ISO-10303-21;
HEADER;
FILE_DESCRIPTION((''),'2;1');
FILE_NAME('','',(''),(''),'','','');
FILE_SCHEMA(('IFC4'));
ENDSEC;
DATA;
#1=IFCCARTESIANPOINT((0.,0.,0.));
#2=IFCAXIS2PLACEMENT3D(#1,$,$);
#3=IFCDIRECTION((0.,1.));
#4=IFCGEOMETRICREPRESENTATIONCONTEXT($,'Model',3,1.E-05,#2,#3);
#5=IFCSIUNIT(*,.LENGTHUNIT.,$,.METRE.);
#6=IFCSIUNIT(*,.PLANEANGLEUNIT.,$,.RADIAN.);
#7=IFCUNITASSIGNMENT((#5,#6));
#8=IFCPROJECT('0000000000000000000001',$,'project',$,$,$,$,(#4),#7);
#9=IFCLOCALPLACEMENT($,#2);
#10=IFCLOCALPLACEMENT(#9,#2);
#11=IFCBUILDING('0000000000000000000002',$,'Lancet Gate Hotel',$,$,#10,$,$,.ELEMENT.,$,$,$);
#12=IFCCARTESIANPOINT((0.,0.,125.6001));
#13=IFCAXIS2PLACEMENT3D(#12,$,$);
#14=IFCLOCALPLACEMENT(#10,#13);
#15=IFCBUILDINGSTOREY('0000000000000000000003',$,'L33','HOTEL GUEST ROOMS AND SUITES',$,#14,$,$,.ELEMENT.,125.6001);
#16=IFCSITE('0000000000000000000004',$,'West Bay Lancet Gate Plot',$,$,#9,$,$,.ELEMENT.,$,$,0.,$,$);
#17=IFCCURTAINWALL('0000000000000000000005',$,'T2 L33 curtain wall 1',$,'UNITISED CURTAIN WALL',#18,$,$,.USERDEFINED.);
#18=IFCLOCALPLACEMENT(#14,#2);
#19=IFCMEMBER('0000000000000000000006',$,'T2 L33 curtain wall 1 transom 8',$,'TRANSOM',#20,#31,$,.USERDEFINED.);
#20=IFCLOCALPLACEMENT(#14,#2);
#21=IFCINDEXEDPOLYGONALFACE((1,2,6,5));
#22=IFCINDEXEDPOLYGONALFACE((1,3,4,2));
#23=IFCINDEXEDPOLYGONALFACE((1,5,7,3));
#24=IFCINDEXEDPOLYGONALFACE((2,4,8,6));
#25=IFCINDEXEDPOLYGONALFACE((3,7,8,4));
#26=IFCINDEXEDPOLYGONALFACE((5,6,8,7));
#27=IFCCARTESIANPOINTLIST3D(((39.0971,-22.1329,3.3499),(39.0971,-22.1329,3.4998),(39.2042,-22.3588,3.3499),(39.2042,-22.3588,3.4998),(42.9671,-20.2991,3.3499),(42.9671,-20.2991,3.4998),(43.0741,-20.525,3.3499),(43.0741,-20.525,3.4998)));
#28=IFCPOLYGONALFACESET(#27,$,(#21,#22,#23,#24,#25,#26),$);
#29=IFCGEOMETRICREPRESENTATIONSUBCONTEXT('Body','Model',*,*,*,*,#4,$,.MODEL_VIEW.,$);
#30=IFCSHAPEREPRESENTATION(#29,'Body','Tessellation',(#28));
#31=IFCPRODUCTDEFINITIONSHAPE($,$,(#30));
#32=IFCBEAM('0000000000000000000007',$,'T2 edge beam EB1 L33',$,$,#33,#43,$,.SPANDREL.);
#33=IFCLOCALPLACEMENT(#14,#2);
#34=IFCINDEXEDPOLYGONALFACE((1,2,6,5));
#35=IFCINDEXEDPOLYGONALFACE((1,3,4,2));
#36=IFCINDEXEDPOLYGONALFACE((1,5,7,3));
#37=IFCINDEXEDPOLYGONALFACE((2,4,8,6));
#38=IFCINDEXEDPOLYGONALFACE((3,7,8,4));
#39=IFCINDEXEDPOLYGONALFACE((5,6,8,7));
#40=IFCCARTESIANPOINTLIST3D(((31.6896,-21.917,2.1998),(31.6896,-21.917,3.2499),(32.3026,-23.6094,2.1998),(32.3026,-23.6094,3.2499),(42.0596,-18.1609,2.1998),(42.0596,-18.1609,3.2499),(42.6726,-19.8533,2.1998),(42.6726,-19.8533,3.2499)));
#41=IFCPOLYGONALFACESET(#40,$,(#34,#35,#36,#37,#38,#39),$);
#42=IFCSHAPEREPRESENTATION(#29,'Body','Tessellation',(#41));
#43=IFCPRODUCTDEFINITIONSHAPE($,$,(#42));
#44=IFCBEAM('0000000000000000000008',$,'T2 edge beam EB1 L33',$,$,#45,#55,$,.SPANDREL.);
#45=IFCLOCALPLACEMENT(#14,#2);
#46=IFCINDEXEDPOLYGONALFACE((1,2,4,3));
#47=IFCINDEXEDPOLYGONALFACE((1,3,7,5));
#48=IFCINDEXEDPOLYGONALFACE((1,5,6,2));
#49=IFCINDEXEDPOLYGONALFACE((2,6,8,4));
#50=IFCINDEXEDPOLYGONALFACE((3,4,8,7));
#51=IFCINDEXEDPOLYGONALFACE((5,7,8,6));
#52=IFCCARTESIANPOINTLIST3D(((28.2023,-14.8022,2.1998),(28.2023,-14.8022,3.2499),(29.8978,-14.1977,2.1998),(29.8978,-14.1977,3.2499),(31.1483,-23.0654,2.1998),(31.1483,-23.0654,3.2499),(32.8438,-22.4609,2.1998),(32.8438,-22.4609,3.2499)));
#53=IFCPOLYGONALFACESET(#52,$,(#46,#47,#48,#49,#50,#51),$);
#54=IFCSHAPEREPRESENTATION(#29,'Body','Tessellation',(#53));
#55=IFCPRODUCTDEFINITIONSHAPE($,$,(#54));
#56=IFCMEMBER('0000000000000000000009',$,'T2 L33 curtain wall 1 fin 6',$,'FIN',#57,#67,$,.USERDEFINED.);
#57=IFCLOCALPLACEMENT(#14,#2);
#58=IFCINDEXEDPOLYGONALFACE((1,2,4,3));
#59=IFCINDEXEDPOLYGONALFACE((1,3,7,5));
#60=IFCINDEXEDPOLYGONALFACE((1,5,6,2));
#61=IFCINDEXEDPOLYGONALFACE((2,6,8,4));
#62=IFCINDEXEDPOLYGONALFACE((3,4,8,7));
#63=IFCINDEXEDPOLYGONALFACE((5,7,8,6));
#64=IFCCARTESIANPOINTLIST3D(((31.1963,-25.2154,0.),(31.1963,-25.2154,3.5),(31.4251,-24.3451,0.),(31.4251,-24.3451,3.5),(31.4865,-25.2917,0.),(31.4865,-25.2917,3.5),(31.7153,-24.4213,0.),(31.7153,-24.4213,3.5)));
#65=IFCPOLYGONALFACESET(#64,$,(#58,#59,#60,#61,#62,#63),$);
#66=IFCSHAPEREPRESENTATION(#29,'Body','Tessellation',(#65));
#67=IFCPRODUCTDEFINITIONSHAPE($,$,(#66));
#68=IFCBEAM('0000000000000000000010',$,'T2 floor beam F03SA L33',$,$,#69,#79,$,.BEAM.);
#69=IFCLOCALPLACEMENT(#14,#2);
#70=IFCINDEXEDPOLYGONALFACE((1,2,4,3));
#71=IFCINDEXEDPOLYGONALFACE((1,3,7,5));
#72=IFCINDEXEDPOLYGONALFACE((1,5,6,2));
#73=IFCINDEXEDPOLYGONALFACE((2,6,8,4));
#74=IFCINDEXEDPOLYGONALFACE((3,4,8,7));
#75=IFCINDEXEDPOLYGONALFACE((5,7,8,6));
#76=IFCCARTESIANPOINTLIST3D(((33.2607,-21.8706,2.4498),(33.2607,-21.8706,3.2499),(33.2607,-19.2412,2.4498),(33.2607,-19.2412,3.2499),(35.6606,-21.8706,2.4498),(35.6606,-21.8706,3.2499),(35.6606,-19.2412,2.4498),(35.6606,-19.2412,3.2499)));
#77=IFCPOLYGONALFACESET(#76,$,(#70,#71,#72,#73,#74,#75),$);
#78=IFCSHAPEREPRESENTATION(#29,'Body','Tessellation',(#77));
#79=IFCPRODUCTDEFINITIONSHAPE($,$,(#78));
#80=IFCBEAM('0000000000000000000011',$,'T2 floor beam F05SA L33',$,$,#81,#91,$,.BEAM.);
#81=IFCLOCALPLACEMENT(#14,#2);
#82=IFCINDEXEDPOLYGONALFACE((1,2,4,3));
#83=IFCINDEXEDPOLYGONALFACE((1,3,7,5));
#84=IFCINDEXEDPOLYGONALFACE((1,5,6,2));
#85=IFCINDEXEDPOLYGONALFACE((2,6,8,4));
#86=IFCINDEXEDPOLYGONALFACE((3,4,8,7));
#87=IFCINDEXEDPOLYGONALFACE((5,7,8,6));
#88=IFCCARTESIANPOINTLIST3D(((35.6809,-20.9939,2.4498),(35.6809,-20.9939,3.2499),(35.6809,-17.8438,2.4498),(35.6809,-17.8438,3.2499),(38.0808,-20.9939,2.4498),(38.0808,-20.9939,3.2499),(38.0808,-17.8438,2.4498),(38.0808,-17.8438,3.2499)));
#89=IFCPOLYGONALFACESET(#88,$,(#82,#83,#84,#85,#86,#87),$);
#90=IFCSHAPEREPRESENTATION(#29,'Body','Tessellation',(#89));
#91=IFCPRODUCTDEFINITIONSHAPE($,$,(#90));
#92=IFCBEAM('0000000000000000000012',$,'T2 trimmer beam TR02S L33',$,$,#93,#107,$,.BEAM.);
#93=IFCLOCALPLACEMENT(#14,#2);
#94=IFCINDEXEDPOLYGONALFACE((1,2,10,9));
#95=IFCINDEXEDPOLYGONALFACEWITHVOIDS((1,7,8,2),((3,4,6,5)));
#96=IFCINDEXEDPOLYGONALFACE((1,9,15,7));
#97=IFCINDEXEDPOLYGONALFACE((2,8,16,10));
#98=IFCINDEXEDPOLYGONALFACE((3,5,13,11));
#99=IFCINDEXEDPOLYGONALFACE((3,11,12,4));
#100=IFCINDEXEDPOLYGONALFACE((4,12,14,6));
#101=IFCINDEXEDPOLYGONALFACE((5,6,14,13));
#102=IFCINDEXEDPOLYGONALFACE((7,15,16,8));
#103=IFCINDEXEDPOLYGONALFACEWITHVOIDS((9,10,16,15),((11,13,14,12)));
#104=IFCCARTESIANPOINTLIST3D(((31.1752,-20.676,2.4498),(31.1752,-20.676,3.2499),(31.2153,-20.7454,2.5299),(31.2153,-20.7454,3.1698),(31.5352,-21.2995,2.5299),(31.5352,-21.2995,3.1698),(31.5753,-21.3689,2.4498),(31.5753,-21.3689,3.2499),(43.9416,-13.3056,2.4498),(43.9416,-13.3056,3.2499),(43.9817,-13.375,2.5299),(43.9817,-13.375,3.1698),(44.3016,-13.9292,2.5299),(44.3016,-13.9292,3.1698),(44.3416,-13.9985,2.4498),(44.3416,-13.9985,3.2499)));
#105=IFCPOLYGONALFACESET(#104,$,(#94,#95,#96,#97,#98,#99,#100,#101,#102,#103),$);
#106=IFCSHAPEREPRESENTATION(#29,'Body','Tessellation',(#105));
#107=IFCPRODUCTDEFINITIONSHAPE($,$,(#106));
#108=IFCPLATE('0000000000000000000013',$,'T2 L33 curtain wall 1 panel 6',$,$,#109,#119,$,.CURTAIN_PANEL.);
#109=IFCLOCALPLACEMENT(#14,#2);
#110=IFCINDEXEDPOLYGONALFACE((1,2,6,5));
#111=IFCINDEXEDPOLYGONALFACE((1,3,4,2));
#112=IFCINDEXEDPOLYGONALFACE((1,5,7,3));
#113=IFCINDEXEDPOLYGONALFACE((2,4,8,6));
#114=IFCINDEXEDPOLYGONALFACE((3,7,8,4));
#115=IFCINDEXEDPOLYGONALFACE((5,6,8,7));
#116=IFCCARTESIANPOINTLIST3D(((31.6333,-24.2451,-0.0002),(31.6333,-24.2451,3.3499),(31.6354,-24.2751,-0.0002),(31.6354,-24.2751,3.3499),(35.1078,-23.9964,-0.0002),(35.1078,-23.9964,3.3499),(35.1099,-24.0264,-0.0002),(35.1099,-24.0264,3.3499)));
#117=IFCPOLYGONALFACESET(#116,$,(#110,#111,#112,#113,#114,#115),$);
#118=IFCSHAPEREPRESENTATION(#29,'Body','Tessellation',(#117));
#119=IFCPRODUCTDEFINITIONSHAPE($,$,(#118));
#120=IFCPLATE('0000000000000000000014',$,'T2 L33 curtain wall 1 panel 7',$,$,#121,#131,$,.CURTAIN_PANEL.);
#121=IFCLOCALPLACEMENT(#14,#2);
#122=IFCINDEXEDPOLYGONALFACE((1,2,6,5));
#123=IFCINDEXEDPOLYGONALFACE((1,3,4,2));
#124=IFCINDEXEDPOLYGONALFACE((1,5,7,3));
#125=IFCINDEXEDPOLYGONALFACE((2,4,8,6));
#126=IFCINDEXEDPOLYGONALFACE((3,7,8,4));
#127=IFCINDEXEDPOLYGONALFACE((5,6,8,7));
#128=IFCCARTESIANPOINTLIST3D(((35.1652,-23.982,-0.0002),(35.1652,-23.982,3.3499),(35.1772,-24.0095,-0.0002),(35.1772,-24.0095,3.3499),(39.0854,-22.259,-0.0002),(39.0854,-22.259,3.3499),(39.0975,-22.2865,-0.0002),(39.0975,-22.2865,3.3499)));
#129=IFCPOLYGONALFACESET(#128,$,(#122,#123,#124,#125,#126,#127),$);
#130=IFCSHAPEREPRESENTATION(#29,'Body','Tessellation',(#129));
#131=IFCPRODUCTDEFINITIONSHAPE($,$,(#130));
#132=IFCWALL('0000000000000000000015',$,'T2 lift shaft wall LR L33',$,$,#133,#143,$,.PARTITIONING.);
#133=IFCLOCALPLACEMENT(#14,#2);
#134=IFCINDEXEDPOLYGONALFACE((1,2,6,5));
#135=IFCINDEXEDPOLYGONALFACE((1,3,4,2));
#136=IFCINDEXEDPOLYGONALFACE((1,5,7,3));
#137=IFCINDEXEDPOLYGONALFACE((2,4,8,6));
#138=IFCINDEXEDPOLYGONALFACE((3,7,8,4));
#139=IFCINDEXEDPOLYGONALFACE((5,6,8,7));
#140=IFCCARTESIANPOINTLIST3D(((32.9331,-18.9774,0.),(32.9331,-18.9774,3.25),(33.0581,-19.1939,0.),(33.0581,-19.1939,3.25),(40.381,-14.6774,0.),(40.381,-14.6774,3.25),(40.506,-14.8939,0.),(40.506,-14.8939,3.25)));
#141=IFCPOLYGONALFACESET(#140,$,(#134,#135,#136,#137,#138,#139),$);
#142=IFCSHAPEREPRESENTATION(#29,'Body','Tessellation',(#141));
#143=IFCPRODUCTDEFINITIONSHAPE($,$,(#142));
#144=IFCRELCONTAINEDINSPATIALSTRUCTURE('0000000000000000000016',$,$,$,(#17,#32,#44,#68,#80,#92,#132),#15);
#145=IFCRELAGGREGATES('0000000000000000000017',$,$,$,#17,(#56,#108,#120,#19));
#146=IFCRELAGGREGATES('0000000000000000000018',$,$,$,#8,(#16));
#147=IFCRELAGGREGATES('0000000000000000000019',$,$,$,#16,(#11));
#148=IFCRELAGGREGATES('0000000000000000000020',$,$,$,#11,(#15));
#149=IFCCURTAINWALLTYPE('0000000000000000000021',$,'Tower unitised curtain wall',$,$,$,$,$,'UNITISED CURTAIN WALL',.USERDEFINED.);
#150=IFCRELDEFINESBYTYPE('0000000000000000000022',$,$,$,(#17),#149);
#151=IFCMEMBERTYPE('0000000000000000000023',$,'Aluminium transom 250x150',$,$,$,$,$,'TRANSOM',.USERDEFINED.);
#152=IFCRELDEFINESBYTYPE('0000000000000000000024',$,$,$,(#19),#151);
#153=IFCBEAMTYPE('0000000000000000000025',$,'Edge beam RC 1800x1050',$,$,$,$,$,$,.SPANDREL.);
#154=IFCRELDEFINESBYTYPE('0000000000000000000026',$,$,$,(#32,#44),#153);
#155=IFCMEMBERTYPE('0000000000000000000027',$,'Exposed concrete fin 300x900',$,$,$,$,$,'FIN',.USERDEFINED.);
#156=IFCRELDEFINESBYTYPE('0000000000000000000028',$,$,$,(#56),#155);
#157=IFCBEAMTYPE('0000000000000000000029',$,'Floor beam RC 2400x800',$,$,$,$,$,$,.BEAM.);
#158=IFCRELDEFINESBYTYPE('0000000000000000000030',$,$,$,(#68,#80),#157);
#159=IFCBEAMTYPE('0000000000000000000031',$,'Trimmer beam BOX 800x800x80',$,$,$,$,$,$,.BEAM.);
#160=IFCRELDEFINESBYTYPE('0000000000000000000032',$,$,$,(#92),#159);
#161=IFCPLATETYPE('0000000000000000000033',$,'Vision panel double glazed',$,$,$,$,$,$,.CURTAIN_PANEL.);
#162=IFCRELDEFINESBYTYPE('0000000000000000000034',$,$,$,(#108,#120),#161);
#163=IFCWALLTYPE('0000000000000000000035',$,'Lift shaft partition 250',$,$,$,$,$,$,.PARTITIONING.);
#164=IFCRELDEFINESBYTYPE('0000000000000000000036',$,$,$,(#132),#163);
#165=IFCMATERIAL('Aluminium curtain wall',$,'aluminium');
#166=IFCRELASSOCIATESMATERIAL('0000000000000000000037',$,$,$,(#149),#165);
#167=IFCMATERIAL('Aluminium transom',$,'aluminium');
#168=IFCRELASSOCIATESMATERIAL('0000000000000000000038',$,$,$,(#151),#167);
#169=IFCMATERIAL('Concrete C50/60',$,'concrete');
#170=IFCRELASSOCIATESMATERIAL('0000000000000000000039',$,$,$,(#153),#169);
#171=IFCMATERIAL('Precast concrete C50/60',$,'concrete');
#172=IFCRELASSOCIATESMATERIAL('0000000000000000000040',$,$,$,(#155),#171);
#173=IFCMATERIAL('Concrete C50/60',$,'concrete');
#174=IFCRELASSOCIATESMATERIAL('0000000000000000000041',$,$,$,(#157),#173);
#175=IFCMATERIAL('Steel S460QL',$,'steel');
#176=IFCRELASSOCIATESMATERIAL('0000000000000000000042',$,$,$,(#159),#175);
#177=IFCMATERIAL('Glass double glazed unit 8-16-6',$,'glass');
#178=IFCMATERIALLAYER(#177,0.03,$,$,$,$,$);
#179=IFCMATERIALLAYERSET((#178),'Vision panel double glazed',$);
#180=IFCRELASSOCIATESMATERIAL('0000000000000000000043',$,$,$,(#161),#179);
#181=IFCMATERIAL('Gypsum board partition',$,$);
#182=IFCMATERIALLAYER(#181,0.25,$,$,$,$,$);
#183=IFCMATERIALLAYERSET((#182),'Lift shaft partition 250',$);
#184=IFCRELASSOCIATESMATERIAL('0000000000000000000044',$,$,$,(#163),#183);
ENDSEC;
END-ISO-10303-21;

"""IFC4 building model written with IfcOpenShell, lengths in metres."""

from ifc_helpers import new_model, si_unit, direction, frame, frame_2d, origin, origin_2d, place, context, subcontext, project, spatial, rectangle, hollow_rectangle, extrude, material, layer, layer_set, material_profile, profile_set, type_object, element, aggregate, save


model = new_model("IFC4")

# Units and contexts
model_context = context("Model", 3, precision=1e-05, world=origin(), true_north=direction((0.0, 1.0)))
body_context = subcontext(model_context, "Body", "Model", "MODEL_VIEW")
ifc_project = project(units=[si_unit("LENGTHUNIT", "METRE"), si_unit("PLANEANGLEUNIT", "RADIAN")], contexts=[model_context])

# Site, building, storey
site_placement = place(None, origin())
site = spatial("IfcSite", under=ifc_project, at=site_placement, Name="West Bay Lancet Gate Plot", CompositionType="ELEMENT", RefElevation=0.0)
building_placement = place(site_placement, origin())
building = spatial("IfcBuilding", under=site, at=building_placement, Name="Lancet Gate Hotel", CompositionType="ELEMENT")
storey_placement = place(building_placement, frame((0.0, 0.0, 125.6001)))
storey = spatial("IfcBuildingStorey", under=building, at=storey_placement, Name="L33", Description="HOTEL GUEST ROOMS AND SUITES", CompositionType="ELEMENT", Elevation=125.6001)

# Curtain wall, member
ifc_material_1 = material(Name="Aluminium curtain wall", Category="aluminium")
curtain_wall_type = type_object("IfcCurtainWallType", Name="Tower unitised curtain wall", ElementType="UNITISED CURTAIN WALL", PredefinedType="USERDEFINED", material=ifc_material_1)
curtain_wall_placement = place(storey_placement, origin())
curtain_wall = element("IfcCurtainWall", 1, at=curtain_wall_placement, inside=storey, type_object=curtain_wall_type, Name="T2 L33 curtain wall 1", ObjectType="UNITISED CURTAIN WALL", PredefinedType="USERDEFINED")
ifc_material_2 = material(Name="Aluminium transom", Category="aluminium")
ifc_material_profile_1 = material_profile(ifc_material_2, rectangle(XDim=0.25, YDim=0.1499, at=origin_2d()), Name="TRANSOM 250x150")
ifc_profile_set_1 = profile_set([ifc_material_profile_1], Name="Aluminium transom")
member_type_1 = type_object("IfcMemberType", Name="Aluminium transom 250x150", ElementType="TRANSOM", PredefinedType="USERDEFINED", material=ifc_profile_set_1)
member_1_placement = place(storey_placement, frame((39.1506, -22.2458, 3.4248), z_axis=(0.90368, 0.428209, 0.0), x_axis=(-0.428209, 0.90368, 0.0)))
member_1 = element("IfcMember", 2, at=member_1_placement, type_object=member_type_1, Name="T2 L33 curtain wall 1 transom 8", ObjectType="TRANSOM", PredefinedType="USERDEFINED", context=body_context, shape_type="SweptSolid", body=[
    extrude(rectangle(XDim=0.25, YDim=0.1499, at=origin_2d()), origin(), (0.0, 0.0, 1.0), 4.2825),
])

# Beams
ifc_material_3 = material(Name="Concrete C50/60", Category="concrete")
ifc_material_profile_2 = material_profile(ifc_material_3, rectangle(XDim=1.8, YDim=1.05, at=origin_2d()), Name="RC 1800x1050")
ifc_profile_set_2 = profile_set([ifc_material_profile_2], Name="Concrete C50/60")
beam_type_1 = type_object("IfcBeamType", Name="Edge beam RC 1800x1050", PredefinedType="SPANDREL", material=ifc_profile_set_2)
beam_1_placement = place(storey_placement, frame((31.9961, -22.7632, 2.7249), z_axis=(0.940225, 0.340554, 0.0), x_axis=(-0.340554, 0.940225, 0.0)))
element("IfcBeam", 3, at=beam_1_placement, inside=storey, type_object=beam_type_1, Name="T2 edge beam EB1 L33", PredefinedType="SPANDREL", context=body_context, shape_type="SweptSolid", body=[
    extrude(rectangle(XDim=1.8, YDim=1.05, at=origin_2d()), origin(), (0.0, 0.0, 1.0), 11.0293),
])
beam_2_placement = place(storey_placement, frame((31.9961, -22.7632, 2.7249), z_axis=(-0.335822, 0.941926, 0.0), x_axis=(-0.941926, -0.335822, 0.0)))
element("IfcBeam", 4, at=beam_2_placement, inside=storey, type_object=beam_type_1, Name="T2 edge beam EB1 L33", PredefinedType="SPANDREL", context=body_context, shape_type="SweptSolid", body=[
    extrude(rectangle(XDim=1.8, YDim=1.05, at=origin_2d()), origin(), (0.0, 0.0, 1.0), 8.7727),
])

# Member
ifc_material_4 = material(Name="Precast concrete C50/60", Category="concrete")
ifc_material_profile_3 = material_profile(ifc_material_4, rectangle(XDim=0.3, YDim=0.8999, at=origin_2d()), Name="FIN 300x900")
ifc_profile_set_3 = profile_set([ifc_material_profile_3], Name="Precast concrete C50/60")
member_type_2 = type_object("IfcMemberType", Name="Exposed concrete fin 300x900", ElementType="FIN", PredefinedType="USERDEFINED", material=ifc_profile_set_3)
member_2_placement = place(storey_placement, frame((31.4558, -24.8184, 0.0), z_axis=(0.0, 0.0, 1.0), x_axis=(0.967157, -0.254179, 0.0)))
member_2 = element("IfcMember", 5, at=member_2_placement, type_object=member_type_2, Name="T2 L33 curtain wall 1 fin 6", ObjectType="FIN", PredefinedType="USERDEFINED", context=body_context, shape_type="SweptSolid", body=[
    extrude(rectangle(XDim=0.3, YDim=0.8999, at=origin_2d()), origin(), (0.0, 0.0, 1.0), 3.5),
])

# Beams
ifc_material_5 = material(Name="Concrete C50/60", Category="concrete")
ifc_material_profile_4 = material_profile(ifc_material_5, rectangle(XDim=2.3999, YDim=0.8, at=origin_2d()), Name="RC 2400x800")
ifc_profile_set_4 = profile_set([ifc_material_profile_4], Name="Concrete C50/60")
beam_type_2 = type_object("IfcBeamType", Name="Floor beam RC 2400x800", PredefinedType="BEAM", material=ifc_profile_set_4)
beam_3_placement = place(storey_placement, frame((34.4607, -21.8706, 2.8499), z_axis=(0.0, 1.0, 0.0), x_axis=(-1.0, 0.0, 0.0)))
element("IfcBeam", 6, at=beam_3_placement, inside=storey, type_object=beam_type_2, Name="T2 floor beam F03SA L33", PredefinedType="BEAM", context=body_context, shape_type="SweptSolid", body=[
    extrude(rectangle(XDim=2.3999, YDim=0.8, at=origin_2d()), origin(), (0.0, 0.0, 1.0), 2.6294),
])
beam_4_placement = place(storey_placement, frame((36.8809, -20.9939, 2.8499), z_axis=(0.0, 1.0, 0.0), x_axis=(-1.0, 0.0, 0.0)))
element("IfcBeam", 7, at=beam_4_placement, inside=storey, type_object=beam_type_2, Name="T2 floor beam F05SA L33", PredefinedType="BEAM", context=body_context, shape_type="SweptSolid", body=[
    extrude(rectangle(XDim=2.3999, YDim=0.8, at=origin_2d()), origin(), (0.0, 0.0, 1.0), 3.1501),
])
ifc_material_6 = material(Name="Steel S460QL", Category="steel")
ifc_material_profile_5 = material_profile(ifc_material_6, hollow_rectangle(XDim=0.8, YDim=0.8, WallThickness=0.0801, at=origin_2d()), Name="BOX 800x800x80")
ifc_profile_set_5 = profile_set([ifc_material_profile_5], Name="Steel S460QL")
beam_type_3 = type_object("IfcBeamType", Name="Trimmer beam BOX 800x800x80", PredefinedType="BEAM", material=ifc_profile_set_5)
beam_5_placement = place(storey_placement, frame((31.3752, -21.0225, 2.8499), z_axis=(0.866034, 0.499985, 0.0), x_axis=(-0.499985, 0.866034, 0.0)))
element("IfcBeam", 8, at=beam_5_placement, inside=storey, type_object=beam_type_3, Name="T2 trimmer beam TR02S L33", PredefinedType="BEAM", context=body_context, shape_type="SweptSolid", body=[
    extrude(hollow_rectangle(XDim=0.8, YDim=0.8, WallThickness=0.0801, at=origin_2d()), origin(), (0.0, 0.0, 1.0), 14.7412),
])

# Plates
ifc_material_7 = material(Name="Glass double glazed unit 8-16-6", Category="glass")
ifc_layer_1 = layer(ifc_material_7, 0.03)
ifc_layer_set_1 = layer_set([ifc_layer_1], Name="Vision panel double glazed")
plate_type = type_object("IfcPlateType", Name="Vision panel double glazed", PredefinedType="CURTAIN_PANEL", material=ifc_layer_set_1)
plate_1_placement = place(storey_placement, frame((33.3716, -24.1357, -0.0002), z_axis=(0.0, 0.0, 1.0), x_axis=(0.997448, 0.07139, 0.0)))
plate_1 = element("IfcPlate", 9, at=plate_1_placement, type_object=plate_type, Name="T2 L33 curtain wall 1 panel 6", PredefinedType="CURTAIN_PANEL", context=body_context, shape_type="SweptSolid", body=[
    extrude(rectangle(XDim=3.4834, YDim=0.03, at=origin_2d()), origin(), (0.0, 0.0, 1.0), 3.3501),
])
plate_2_placement = place(storey_placement, frame((37.1313, -23.1343, -0.0002), z_axis=(0.0, 0.0, 1.0), x_axis=(0.915479, 0.402367, 0.0)))
plate_2 = element("IfcPlate", 10, at=plate_2_placement, type_object=plate_type, Name="T2 L33 curtain wall 1 panel 7", PredefinedType="CURTAIN_PANEL", context=body_context, shape_type="SweptSolid", body=[
    extrude(rectangle(XDim=4.2822, YDim=0.03, at=origin_2d()), origin(), (0.0, 0.0, 1.0), 3.3501),
])
aggregate(curtain_wall, [member_2, plate_1, plate_2, member_1])

# Wall
ifc_material_8 = material(Name="Gypsum board partition")
ifc_layer_2 = layer(ifc_material_8, 0.25)
ifc_layer_set_2 = layer_set([ifc_layer_2], Name="Lift shaft partition 250")
wall_type = type_object("IfcWallType", Name="Lift shaft partition 250", PredefinedType="PARTITIONING", material=ifc_layer_set_2)
wall_placement = place(storey_placement, frame((32.9956, -19.0857, 0.0), z_axis=(0.0, 0.0, 1.0), x_axis=(0.866028, 0.499995, 0.0)))
element("IfcWall", 11, at=wall_placement, inside=storey, type_object=wall_type, Name="T2 lift shaft wall LR L33", PredefinedType="PARTITIONING", context=body_context, shape_type="SweptSolid", body=[
    extrude(rectangle(XDim=8.6001, YDim=0.25, at=frame_2d((4.3, 0.0))), origin(), (0.0, 0.0, 1.0), 3.25),
])

save(model, "model.ifc")
